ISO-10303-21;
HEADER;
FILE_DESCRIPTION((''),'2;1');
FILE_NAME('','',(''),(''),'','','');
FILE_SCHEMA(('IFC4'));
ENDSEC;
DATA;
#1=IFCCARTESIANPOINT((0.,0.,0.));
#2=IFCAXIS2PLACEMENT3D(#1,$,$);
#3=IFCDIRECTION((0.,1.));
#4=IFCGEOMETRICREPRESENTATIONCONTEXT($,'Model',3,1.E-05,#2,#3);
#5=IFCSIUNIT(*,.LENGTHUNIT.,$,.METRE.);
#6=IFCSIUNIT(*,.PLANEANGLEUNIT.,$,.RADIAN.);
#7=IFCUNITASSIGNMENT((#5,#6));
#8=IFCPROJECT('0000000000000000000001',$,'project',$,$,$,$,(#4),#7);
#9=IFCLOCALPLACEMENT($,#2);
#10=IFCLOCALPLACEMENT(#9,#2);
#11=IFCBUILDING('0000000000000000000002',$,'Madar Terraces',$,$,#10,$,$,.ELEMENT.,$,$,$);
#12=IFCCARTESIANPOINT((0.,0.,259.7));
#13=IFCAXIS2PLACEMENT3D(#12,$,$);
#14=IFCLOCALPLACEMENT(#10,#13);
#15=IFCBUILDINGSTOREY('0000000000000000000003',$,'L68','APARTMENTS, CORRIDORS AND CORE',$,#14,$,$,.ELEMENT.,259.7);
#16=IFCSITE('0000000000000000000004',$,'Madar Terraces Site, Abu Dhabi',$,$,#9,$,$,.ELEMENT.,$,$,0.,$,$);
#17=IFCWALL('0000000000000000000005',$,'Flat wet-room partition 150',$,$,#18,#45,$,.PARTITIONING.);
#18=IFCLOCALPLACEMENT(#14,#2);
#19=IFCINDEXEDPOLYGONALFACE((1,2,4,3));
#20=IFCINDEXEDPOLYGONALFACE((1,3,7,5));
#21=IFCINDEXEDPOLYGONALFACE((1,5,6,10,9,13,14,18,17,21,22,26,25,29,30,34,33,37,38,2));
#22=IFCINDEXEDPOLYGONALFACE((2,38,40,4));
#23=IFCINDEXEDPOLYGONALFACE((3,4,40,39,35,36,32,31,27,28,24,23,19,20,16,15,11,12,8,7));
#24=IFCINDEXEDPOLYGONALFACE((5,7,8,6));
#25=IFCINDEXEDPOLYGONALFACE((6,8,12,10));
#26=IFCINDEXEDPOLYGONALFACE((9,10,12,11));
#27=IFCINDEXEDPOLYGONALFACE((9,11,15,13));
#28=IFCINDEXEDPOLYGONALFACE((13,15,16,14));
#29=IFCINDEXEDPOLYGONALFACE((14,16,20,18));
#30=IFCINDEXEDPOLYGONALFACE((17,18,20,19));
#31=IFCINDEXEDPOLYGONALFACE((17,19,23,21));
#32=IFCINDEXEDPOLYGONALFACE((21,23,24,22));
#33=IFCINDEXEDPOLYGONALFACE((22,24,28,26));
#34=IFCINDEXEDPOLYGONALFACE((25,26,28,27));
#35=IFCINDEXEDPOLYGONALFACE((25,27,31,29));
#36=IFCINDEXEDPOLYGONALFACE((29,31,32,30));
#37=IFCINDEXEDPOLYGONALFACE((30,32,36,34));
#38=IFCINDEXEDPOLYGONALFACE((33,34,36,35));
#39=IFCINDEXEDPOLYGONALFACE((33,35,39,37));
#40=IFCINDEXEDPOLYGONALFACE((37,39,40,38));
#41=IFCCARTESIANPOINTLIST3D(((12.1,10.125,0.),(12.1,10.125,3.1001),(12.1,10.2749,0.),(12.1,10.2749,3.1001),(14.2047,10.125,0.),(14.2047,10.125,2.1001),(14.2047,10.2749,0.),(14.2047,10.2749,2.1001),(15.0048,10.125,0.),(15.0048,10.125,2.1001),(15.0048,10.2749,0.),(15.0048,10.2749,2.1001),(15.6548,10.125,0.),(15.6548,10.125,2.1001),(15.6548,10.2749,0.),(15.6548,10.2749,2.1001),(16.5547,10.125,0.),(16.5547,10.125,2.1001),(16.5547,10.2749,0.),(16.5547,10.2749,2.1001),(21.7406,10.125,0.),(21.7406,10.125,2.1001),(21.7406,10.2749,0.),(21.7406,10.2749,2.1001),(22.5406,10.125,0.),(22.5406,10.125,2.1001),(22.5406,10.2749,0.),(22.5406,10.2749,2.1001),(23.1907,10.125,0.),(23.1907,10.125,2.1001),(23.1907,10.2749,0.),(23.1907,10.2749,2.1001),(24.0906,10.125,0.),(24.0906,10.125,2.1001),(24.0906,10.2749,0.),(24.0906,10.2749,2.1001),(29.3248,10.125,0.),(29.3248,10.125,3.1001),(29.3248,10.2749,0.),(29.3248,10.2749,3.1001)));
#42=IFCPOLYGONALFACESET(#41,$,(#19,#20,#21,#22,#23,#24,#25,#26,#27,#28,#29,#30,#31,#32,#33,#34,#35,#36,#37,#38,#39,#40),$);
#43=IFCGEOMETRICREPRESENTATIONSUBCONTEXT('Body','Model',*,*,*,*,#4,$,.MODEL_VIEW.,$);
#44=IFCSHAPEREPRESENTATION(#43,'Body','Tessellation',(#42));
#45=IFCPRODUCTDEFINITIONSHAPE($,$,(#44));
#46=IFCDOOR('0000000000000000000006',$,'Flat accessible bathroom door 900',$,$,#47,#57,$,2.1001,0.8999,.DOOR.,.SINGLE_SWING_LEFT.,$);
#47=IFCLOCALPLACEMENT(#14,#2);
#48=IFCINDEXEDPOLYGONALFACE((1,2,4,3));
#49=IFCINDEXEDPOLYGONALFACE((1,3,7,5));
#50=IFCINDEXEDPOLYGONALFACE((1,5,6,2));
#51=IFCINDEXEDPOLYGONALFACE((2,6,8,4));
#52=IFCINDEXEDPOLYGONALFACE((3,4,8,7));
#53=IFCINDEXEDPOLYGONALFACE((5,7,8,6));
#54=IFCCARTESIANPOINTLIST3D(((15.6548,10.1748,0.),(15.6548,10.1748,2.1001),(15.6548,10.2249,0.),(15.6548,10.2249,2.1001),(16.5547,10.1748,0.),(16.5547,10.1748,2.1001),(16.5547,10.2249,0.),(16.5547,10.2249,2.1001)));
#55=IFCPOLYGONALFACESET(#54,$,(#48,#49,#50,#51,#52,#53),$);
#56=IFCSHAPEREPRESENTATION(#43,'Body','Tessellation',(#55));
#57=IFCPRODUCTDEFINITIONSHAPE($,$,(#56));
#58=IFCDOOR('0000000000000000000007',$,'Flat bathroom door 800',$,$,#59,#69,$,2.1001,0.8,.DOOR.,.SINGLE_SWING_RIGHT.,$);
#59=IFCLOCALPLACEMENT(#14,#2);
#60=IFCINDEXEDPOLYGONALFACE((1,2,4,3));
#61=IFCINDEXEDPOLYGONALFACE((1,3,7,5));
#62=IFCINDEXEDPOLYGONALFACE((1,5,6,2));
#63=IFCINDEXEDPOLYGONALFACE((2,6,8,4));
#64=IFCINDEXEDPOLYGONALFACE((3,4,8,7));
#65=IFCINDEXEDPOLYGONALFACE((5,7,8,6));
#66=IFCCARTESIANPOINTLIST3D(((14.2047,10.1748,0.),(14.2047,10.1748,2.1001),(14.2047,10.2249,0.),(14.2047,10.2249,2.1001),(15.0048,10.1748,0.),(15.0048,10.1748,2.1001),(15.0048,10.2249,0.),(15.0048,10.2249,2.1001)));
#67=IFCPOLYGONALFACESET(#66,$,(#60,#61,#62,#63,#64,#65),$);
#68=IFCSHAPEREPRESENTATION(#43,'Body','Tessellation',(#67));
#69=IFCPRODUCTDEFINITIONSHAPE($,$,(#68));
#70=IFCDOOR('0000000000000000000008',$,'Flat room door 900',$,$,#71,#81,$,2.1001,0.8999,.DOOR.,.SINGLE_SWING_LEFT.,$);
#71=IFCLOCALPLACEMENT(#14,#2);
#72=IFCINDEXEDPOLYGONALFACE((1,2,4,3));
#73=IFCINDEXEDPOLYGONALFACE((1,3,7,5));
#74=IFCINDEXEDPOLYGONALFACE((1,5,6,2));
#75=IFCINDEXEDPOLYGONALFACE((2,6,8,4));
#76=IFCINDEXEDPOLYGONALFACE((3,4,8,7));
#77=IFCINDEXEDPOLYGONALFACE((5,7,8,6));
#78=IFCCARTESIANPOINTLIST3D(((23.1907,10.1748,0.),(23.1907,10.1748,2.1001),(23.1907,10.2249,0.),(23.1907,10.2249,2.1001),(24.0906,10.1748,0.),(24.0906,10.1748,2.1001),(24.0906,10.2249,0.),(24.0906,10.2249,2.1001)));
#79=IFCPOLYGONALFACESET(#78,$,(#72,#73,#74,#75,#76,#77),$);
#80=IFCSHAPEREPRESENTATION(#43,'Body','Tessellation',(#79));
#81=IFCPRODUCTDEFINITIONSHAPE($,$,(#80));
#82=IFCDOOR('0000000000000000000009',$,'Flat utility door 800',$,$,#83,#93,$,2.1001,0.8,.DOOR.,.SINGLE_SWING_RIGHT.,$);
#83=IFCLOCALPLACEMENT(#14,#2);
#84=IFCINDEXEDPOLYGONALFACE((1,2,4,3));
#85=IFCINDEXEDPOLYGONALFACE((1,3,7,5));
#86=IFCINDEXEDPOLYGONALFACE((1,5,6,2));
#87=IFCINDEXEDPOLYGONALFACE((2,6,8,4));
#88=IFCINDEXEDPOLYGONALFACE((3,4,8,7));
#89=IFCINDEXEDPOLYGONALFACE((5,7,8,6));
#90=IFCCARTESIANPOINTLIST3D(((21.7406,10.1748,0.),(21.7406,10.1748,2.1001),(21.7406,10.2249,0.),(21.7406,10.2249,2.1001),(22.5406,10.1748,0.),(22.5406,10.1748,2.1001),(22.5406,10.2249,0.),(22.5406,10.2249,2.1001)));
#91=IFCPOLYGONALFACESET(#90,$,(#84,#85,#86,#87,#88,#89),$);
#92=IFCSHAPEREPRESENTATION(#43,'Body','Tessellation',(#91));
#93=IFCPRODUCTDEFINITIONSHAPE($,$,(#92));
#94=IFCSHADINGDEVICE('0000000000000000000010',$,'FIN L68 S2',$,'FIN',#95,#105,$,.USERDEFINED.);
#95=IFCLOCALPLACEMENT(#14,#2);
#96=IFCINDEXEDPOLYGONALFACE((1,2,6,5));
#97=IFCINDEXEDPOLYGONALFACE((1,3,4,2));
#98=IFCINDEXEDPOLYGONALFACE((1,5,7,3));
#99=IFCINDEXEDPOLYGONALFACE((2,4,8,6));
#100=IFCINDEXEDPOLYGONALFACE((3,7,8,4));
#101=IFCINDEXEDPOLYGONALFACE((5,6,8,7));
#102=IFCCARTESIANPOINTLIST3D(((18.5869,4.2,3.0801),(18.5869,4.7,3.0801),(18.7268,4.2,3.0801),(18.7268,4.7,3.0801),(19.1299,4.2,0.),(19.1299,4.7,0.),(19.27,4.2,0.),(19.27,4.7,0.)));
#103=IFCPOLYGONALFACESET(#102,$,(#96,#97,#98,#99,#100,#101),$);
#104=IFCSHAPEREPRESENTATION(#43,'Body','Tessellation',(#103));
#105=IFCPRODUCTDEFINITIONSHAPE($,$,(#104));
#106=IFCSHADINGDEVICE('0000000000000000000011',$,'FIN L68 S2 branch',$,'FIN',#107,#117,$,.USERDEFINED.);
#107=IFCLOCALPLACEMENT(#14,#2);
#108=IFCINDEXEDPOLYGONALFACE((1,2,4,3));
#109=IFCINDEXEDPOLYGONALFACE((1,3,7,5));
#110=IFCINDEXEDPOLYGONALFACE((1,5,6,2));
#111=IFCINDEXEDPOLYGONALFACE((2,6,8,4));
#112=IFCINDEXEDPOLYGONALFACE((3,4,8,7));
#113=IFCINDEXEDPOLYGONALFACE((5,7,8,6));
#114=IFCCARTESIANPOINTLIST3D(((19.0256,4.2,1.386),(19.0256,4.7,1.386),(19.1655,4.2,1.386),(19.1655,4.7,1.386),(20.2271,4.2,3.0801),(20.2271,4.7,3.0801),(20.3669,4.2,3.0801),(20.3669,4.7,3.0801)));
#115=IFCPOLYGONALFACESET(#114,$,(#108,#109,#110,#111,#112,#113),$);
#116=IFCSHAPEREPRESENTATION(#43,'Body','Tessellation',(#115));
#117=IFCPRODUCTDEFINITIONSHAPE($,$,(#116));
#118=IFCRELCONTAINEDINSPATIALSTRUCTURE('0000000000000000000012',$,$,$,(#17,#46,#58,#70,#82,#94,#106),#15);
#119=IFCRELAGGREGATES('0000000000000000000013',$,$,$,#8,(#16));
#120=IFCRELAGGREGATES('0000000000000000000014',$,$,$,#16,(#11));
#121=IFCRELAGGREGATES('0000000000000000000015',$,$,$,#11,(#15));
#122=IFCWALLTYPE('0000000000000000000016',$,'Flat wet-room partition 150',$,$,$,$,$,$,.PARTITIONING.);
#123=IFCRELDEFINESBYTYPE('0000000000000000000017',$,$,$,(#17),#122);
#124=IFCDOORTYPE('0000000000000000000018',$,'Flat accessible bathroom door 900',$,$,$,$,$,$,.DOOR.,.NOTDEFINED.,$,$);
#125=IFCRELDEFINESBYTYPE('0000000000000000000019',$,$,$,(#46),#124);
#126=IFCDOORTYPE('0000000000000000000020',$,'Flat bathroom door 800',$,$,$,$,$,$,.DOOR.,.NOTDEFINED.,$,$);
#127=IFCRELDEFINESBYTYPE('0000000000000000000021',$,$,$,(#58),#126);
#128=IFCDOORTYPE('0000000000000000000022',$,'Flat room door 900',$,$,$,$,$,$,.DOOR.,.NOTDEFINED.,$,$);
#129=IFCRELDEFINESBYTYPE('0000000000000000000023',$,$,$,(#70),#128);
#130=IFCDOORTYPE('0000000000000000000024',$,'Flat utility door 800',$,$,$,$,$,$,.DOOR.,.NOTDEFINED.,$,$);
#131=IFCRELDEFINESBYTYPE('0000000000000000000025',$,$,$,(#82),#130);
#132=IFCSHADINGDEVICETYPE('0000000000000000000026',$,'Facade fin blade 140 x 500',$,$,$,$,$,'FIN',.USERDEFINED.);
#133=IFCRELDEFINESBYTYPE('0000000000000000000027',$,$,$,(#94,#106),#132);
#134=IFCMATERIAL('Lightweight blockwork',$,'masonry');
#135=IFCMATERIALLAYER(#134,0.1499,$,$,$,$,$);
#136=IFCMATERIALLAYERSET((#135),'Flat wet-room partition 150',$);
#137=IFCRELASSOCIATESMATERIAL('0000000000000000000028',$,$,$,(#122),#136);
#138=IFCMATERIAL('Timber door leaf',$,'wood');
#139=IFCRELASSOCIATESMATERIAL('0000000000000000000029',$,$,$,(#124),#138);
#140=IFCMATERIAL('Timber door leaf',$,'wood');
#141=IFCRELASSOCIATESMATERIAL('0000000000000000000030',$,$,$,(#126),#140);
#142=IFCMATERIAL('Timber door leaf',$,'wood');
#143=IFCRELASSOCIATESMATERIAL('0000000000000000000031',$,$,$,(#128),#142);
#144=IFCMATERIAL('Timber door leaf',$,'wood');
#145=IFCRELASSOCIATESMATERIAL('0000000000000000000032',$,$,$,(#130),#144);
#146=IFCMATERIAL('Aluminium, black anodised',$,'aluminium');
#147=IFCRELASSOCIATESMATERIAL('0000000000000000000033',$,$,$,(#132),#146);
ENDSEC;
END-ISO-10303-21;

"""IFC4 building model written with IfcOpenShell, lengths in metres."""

from ifc_helpers import new_model, si_unit, direction, frame, frame_2d, origin, place, context, subcontext, project, spatial, polyline, rectangle, outline, extrude, material, layer, layer_set, type_object, element, fill, save


model = new_model("IFC4")

# Units and contexts
model_context = context("Model", 3, precision=1e-05, world=origin(), true_north=direction((0.0, 1.0)))
body_context = subcontext(model_context, "Body", "Model", "MODEL_VIEW")
ifc_project = project(units=[si_unit("LENGTHUNIT", "METRE"), si_unit("PLANEANGLEUNIT", "RADIAN")], contexts=[model_context])

# Site, building, storey
site_placement = place(None, origin())
site = spatial("IfcSite", under=ifc_project, at=site_placement, Name="Madar Terraces Site, Abu Dhabi", CompositionType="ELEMENT", RefElevation=0.0)
building_placement = place(site_placement, origin())
building = spatial("IfcBuilding", under=site, at=building_placement, Name="Madar Terraces", CompositionType="ELEMENT")
storey_placement = place(building_placement, frame((0.0, 0.0, 259.7)))
storey = spatial("IfcBuildingStorey", under=building, at=storey_placement, Name="L68", Description="APARTMENTS, CORRIDORS AND CORE", CompositionType="ELEMENT", Elevation=259.7)

# Shared definitions
ifc_material_1 = material(Name="Lightweight blockwork", Category="masonry")
ifc_layer_1 = layer(ifc_material_1, 0.1499)
ifc_layer_set_1 = layer_set([ifc_layer_1], Name="Flat wet-room partition 150")
wall_type_1 = type_object("IfcWallType", Name="Flat wet-room partition 150", PredefinedType="PARTITIONING", material=ifc_layer_set_1)

# Wall, openings, doors
wall_1_placement = place(storey_placement, frame((12.1001, 10.2, 0.0), z_axis=(0.0, 0.0, 1.0), x_axis=(1.0, 0.0, 0.0)))
wall_1 = element("IfcWall", 1, at=wall_1_placement, inside=storey, type_object=wall_type_1, Name="Flat wet-room partition 150", PredefinedType="PARTITIONING", context=body_context, shape_type="SweptSolid", body=[
    extrude(rectangle(XDim=17.2249, YDim=0.1499, at=frame_2d((8.6123, 0.0))), origin(), (0.0, 0.0, 1.0), 3.1001),
])
opening_1_placement = place(wall_1_placement, frame((11.0906, 0.0, 0.0)))
opening_1 = element("IfcOpeningElement", 2, at=opening_1_placement, cuts=wall_1, PredefinedType="OPENING", context=body_context, shape_type="SweptSolid", body=[
    extrude(rectangle(XDim=0.8999, YDim=2.1001, at=frame_2d((0.45, 1.05))), frame((0.0, 0.085, 0.0), z_axis=(0.0, -1.0, 0.0), x_axis=(1.0, 0.0, 0.0)), (0.0, 0.0, 1.0), 0.1699),
])
opening_2_placement = place(wall_1_placement, frame((9.6406, 0.0, 0.0)))
opening_2 = element("IfcOpeningElement", 3, at=opening_2_placement, cuts=wall_1, PredefinedType="OPENING", context=body_context, shape_type="SweptSolid", body=[
    extrude(rectangle(XDim=0.8, YDim=2.1001, at=frame_2d((0.3999, 1.05))), frame((0.0, 0.085, 0.0), z_axis=(0.0, -1.0, 0.0), x_axis=(1.0, 0.0, 0.0)), (0.0, 0.0, 1.0), 0.1699),
])
opening_3_placement = place(wall_1_placement, frame((3.5547, 0.0, 0.0)))
opening_3 = element("IfcOpeningElement", 4, at=opening_3_placement, cuts=wall_1, PredefinedType="OPENING", context=body_context, shape_type="SweptSolid", body=[
    extrude(rectangle(XDim=0.8999, YDim=2.1001, at=frame_2d((0.45, 1.05))), frame((0.0, 0.085, 0.0), z_axis=(0.0, -1.0, 0.0), x_axis=(1.0, 0.0, 0.0)), (0.0, 0.0, 1.0), 0.1699),
])
opening_4_placement = place(wall_1_placement, frame((2.1047, 0.0, 0.0)))
opening_4 = element("IfcOpeningElement", 5, at=opening_4_placement, cuts=wall_1, PredefinedType="OPENING", context=body_context, shape_type="SweptSolid", body=[
    extrude(rectangle(XDim=0.8, YDim=2.1001, at=frame_2d((0.3999, 1.05))), frame((0.0, 0.085, 0.0), z_axis=(0.0, -1.0, 0.0), x_axis=(1.0, 0.0, 0.0)), (0.0, 0.0, 1.0), 0.1699),
])
ifc_material_2 = material(Name="Timber door leaf", Category="wood")
door_type_1 = type_object("IfcDoorType", Name="Flat accessible bathroom door 900", OperationType="NOTDEFINED", PredefinedType="DOOR", material=ifc_material_2)
door_1_placement = place(opening_3_placement, origin())
door_1 = element("IfcDoor", 6, at=door_1_placement, inside=storey, type_object=door_type_1, Name="Flat accessible bathroom door 900", OperationType="SINGLE_SWING_LEFT", OverallHeight=2.1001, OverallWidth=0.8999, PredefinedType="DOOR", context=body_context, shape_type="SweptSolid", body=[
    extrude(rectangle(XDim=0.8999, YDim=2.1001, at=frame_2d((0.45, 1.05))), frame((0.0, 0.0249, 0.0), z_axis=(0.0, -1.0, 0.0), x_axis=(1.0, 0.0, 0.0)), (0.0, 0.0, 1.0), 0.05),
])
fill(opening_3, door_1)
ifc_material_3 = material(Name="Timber door leaf", Category="wood")
door_type_2 = type_object("IfcDoorType", Name="Flat bathroom door 800", OperationType="NOTDEFINED", PredefinedType="DOOR", material=ifc_material_3)
door_2_placement = place(opening_4_placement, origin())
door_2 = element("IfcDoor", 7, at=door_2_placement, inside=storey, type_object=door_type_2, Name="Flat bathroom door 800", OperationType="SINGLE_SWING_RIGHT", OverallHeight=2.1001, OverallWidth=0.8, PredefinedType="DOOR", context=body_context, shape_type="SweptSolid", body=[
    extrude(rectangle(XDim=0.8, YDim=2.1001, at=frame_2d((0.3999, 1.05))), frame((0.0, 0.0249, 0.0), z_axis=(0.0, -1.0, 0.0), x_axis=(1.0, 0.0, 0.0)), (0.0, 0.0, 1.0), 0.05),
])
fill(opening_4, door_2)
ifc_material_4 = material(Name="Timber door leaf", Category="wood")
door_type_3 = type_object("IfcDoorType", Name="Flat room door 900", OperationType="NOTDEFINED", PredefinedType="DOOR", material=ifc_material_4)
door_3_placement = place(opening_1_placement, origin())
door_3 = element("IfcDoor", 8, at=door_3_placement, inside=storey, type_object=door_type_3, Name="Flat room door 900", OperationType="SINGLE_SWING_LEFT", OverallHeight=2.1001, OverallWidth=0.8999, PredefinedType="DOOR", context=body_context, shape_type="SweptSolid", body=[
    extrude(rectangle(XDim=0.8999, YDim=2.1001, at=frame_2d((0.45, 1.05))), frame((0.0, 0.0249, 0.0), z_axis=(0.0, -1.0, 0.0), x_axis=(1.0, 0.0, 0.0)), (0.0, 0.0, 1.0), 0.05),
])
fill(opening_1, door_3)
ifc_material_5 = material(Name="Timber door leaf", Category="wood")
door_type_4 = type_object("IfcDoorType", Name="Flat utility door 800", OperationType="NOTDEFINED", PredefinedType="DOOR", material=ifc_material_5)
door_4_placement = place(opening_2_placement, origin())
door_4 = element("IfcDoor", 9, at=door_4_placement, inside=storey, type_object=door_type_4, Name="Flat utility door 800", OperationType="SINGLE_SWING_RIGHT", OverallHeight=2.1001, OverallWidth=0.8, PredefinedType="DOOR", context=body_context, shape_type="SweptSolid", body=[
    extrude(rectangle(XDim=0.8, YDim=2.1001, at=frame_2d((0.3999, 1.05))), frame((0.0, 0.0249, 0.0), z_axis=(0.0, -1.0, 0.0), x_axis=(1.0, 0.0, 0.0)), (0.0, 0.0, 1.0), 0.05),
])
fill(opening_2, door_4)

# Shading devices
ifc_material_6 = material(Name="Aluminium, black anodised", Category="aluminium")
shading_device_type = type_object("IfcShadingDeviceType", Name="Facade fin blade 140 x 500", ElementType="FIN", PredefinedType="USERDEFINED", material=ifc_material_6)
shading_device_1_placement = place(storey_placement, frame((19.1299, 4.45, 0.0), z_axis=(0.0, 0.0, 1.0), x_axis=(1.0, 0.0, 0.0)))
element("IfcShadingDevice", 10, at=shading_device_1_placement, inside=storey, type_object=shading_device_type, Name="FIN L68 S2", ObjectType="FIN", PredefinedType="USERDEFINED", context=body_context, shape_type="SweptSolid", body=[
    extrude(outline(polyline([(0.0, 0.0), (0.1401, 0.0), (-0.4031, 3.0801), (-0.543, 3.0801), (0.0, 0.0)])), frame((0.0, 0.25, 0.0), z_axis=(0.0, -1.0, 0.0), x_axis=(1.0, 0.0, 0.0)), (0.0, 0.0, 1.0), 0.5),
])
shading_device_2_placement = place(storey_placement, frame((19.0256, 4.45, 1.386), z_axis=(0.0, 0.0, 1.0), x_axis=(1.0, 0.0, 0.0)))
element("IfcShadingDevice", 11, at=shading_device_2_placement, inside=storey, type_object=shading_device_type, Name="FIN L68 S2 branch", ObjectType="FIN", PredefinedType="USERDEFINED", context=body_context, shape_type="SweptSolid", body=[
    extrude(outline(polyline([(0.0, 0.0), (0.1399, 0.0), (1.3413, 1.6941), (1.2014, 1.6941), (0.0, 0.0)])), frame((0.0, 0.25, 0.0), z_axis=(0.0, -1.0, 0.0), x_axis=(1.0, 0.0, 0.0)), (0.0, 0.0, 1.0), 0.5),
])

save(model, "model.ifc")
